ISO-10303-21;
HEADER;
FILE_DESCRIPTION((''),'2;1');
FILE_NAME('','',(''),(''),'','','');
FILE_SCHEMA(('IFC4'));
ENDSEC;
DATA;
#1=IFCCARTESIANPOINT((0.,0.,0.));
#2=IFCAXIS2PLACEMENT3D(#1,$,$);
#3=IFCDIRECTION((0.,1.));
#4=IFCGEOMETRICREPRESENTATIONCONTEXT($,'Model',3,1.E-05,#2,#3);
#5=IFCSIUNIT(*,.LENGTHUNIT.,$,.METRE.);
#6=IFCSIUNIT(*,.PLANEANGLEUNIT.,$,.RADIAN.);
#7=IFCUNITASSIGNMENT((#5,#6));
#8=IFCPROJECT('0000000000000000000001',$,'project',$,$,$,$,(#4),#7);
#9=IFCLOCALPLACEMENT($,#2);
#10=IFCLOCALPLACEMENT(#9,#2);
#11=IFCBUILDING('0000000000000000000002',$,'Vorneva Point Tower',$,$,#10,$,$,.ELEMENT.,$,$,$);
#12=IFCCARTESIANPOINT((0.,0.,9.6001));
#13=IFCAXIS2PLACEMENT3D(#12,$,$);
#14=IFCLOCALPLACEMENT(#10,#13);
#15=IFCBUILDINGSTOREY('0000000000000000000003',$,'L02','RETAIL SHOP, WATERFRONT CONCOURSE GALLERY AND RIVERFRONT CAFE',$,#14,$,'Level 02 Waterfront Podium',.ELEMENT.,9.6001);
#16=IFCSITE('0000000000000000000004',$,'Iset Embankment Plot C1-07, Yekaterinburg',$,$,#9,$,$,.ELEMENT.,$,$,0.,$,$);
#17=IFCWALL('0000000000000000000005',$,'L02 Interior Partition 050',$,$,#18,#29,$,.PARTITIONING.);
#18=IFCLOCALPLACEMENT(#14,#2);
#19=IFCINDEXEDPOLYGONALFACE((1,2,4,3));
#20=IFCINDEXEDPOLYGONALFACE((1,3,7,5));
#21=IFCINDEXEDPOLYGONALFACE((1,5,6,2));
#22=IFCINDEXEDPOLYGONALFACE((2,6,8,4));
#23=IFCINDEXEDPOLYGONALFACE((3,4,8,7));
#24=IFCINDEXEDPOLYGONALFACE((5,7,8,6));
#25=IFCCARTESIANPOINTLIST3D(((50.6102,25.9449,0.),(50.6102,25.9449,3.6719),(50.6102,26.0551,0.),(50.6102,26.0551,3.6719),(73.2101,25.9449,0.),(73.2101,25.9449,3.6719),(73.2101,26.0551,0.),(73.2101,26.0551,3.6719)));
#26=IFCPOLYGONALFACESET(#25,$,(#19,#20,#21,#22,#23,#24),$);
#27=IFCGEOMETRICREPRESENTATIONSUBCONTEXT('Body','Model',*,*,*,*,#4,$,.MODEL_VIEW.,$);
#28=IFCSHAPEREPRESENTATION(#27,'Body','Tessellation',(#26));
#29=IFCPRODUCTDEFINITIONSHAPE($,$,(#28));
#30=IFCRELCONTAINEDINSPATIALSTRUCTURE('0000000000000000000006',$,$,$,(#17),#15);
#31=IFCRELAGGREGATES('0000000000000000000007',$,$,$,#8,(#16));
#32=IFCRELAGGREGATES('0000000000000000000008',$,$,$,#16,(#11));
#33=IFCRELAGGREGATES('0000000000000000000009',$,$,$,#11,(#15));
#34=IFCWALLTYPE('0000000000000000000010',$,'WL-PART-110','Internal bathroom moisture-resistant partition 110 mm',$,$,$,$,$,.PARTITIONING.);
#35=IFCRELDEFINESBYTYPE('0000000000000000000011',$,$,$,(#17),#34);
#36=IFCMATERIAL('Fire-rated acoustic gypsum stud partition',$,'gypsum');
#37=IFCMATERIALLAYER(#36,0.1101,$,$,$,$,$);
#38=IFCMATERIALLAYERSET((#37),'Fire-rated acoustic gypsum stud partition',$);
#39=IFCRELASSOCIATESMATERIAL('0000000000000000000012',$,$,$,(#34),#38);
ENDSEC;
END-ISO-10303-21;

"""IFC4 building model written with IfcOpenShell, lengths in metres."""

from ifc_helpers import new_model, si_unit, direction, frame, frame_2d, origin, place, context, subcontext, project, spatial, rectangle, extrude, material, layer, layer_set, type_object, element, save


model = new_model("IFC4")

# Units and contexts
model_context = context("Model", 3, precision=1e-05, world=origin(), true_north=direction((0.0, 1.0)))
body_context = subcontext(model_context, "Body", "Model", "MODEL_VIEW")
ifc_project = project(units=[si_unit("LENGTHUNIT", "METRE"), si_unit("PLANEANGLEUNIT", "RADIAN")], contexts=[model_context])

# Site, building, storey
site_placement = place(None, origin())
site = spatial("IfcSite", under=ifc_project, at=site_placement, Name="Iset Embankment Plot C1-07, Yekaterinburg", CompositionType="ELEMENT", RefElevation=0.0)
building_placement = place(site_placement, origin())
building = spatial("IfcBuilding", under=site, at=building_placement, Name="Vorneva Point Tower", CompositionType="ELEMENT")
storey_placement = place(building_placement, frame((0.0, 0.0, 9.6001)))
storey = spatial("IfcBuildingStorey", under=building, at=storey_placement, Name="L02", Description="RETAIL SHOP, WATERFRONT CONCOURSE GALLERY AND RIVERFRONT CAFE", LongName="Level 02 Waterfront Podium", CompositionType="ELEMENT", Elevation=9.6001)

# Wall
ifc_material_1 = material(Name="Fire-rated acoustic gypsum stud partition", Category="gypsum")
ifc_layer_1 = layer(ifc_material_1, 0.1101)
ifc_layer_set_1 = layer_set([ifc_layer_1], Name="Fire-rated acoustic gypsum stud partition")
wall_type = type_object("IfcWallType", Name="WL-PART-110", Description="Internal bathroom moisture-resistant partition 110 mm", PredefinedType="PARTITIONING", material=ifc_layer_set_1)
wall_placement = place(storey_placement, frame((73.21, 26.0, 0.0), z_axis=(0.0, 0.0, 1.0), x_axis=(-1.0, 0.0, 0.0)))
element("IfcWall", 1, at=wall_placement, inside=storey, type_object=wall_type, Name="L02 Interior Partition 050", PredefinedType="PARTITIONING", context=body_context, shape_type="SweptSolid", body=[
    extrude(rectangle(XDim=22.5999, YDim=0.1101, at=frame_2d((11.2998, 0.0))), origin(), (0.0, 0.0, 1.0), 3.6719),
])

save(model, "model.ifc")
